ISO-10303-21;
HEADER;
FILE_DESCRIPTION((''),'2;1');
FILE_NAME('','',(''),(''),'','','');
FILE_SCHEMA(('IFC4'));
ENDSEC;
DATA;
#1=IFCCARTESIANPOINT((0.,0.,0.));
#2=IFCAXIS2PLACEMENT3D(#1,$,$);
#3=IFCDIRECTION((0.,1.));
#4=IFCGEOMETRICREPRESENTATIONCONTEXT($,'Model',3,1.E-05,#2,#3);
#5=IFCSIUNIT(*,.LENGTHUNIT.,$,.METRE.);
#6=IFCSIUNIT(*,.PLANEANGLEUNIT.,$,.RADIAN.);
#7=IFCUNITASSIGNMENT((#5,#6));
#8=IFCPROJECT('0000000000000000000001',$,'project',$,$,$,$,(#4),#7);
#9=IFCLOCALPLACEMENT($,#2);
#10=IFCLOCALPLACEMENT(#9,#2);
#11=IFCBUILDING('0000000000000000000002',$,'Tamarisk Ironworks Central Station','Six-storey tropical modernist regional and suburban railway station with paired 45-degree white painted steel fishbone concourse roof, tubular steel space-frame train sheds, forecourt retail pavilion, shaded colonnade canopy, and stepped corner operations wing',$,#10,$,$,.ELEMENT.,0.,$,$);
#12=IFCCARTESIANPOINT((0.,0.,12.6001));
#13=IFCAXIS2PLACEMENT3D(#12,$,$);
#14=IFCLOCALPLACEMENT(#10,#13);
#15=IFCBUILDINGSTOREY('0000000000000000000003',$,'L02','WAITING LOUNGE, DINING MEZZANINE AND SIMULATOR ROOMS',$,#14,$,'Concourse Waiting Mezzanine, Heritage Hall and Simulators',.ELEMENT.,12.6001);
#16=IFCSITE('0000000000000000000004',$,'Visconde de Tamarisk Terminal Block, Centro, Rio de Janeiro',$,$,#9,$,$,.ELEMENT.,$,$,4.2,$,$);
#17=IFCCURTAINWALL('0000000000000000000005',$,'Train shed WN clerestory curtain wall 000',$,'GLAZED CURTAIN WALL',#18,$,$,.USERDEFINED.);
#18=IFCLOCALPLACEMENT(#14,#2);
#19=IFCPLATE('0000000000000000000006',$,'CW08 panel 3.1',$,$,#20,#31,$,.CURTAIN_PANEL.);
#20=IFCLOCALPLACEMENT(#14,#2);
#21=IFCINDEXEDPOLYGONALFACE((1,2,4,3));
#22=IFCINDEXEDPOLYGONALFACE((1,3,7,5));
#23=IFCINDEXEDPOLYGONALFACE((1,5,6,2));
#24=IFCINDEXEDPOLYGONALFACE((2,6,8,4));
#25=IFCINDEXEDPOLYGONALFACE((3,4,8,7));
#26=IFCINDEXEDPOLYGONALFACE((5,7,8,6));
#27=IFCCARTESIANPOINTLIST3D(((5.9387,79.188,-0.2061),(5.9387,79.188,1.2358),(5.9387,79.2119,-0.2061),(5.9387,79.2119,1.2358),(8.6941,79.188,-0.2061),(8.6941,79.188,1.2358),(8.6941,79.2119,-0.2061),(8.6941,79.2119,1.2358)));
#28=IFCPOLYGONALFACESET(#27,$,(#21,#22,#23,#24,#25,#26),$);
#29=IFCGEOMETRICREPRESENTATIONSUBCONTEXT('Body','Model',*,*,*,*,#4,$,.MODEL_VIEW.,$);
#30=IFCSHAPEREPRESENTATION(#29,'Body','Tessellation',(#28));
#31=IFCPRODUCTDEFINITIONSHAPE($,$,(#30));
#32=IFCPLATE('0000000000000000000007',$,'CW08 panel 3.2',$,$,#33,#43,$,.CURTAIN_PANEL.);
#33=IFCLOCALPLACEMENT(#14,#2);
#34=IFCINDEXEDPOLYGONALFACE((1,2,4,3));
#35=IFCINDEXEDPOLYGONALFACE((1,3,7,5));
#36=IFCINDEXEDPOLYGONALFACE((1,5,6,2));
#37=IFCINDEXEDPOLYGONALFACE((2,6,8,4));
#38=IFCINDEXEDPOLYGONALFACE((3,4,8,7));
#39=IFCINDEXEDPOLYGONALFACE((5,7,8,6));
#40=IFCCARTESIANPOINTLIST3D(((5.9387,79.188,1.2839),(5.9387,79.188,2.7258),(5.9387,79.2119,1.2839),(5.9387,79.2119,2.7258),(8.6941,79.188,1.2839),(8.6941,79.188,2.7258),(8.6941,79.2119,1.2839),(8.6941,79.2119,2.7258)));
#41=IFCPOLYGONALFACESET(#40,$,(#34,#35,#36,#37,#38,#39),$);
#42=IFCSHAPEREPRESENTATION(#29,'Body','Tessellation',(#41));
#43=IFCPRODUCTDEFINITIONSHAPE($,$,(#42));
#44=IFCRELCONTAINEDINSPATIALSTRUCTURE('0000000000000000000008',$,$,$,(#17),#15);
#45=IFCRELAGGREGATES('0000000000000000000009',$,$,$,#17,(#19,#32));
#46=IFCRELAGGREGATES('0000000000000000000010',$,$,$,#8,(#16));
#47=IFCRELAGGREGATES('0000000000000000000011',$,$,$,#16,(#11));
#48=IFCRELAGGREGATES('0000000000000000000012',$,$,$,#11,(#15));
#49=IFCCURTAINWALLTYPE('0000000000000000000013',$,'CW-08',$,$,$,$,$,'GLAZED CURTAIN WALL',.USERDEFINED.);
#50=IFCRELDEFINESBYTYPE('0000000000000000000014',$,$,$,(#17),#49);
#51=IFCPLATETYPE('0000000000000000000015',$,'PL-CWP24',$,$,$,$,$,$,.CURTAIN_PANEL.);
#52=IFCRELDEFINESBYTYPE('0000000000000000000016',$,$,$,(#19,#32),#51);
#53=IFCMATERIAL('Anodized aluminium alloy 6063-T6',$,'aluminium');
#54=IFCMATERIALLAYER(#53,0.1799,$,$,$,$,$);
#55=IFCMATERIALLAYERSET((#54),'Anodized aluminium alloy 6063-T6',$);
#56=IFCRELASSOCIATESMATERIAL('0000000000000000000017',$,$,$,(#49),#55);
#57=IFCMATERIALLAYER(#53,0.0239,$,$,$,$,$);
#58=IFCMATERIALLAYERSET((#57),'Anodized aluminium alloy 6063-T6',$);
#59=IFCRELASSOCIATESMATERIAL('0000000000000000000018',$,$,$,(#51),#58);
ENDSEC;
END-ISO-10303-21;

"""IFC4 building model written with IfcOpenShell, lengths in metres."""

from ifc_helpers import new_model, si_unit, direction, frame, origin, origin_2d, place, context, subcontext, project, spatial, rectangle, extrude, material, layer, layer_set, type_object, element, aggregate, save


model = new_model("IFC4")

# Units and contexts
model_context = context("Model", 3, precision=1e-05, world=origin(), true_north=direction((0.0, 1.0)))
body_context = subcontext(model_context, "Body", "Model", "MODEL_VIEW")
ifc_project = project(units=[si_unit("LENGTHUNIT", "METRE"), si_unit("PLANEANGLEUNIT", "RADIAN")], contexts=[model_context])

# Site, building, storey
site_placement = place(None, origin())
site = spatial("IfcSite", under=ifc_project, at=site_placement, Name="Visconde de Tamarisk Terminal Block, Centro, Rio de Janeiro", CompositionType="ELEMENT", RefElevation=4.2)
building_placement = place(site_placement, origin())
building = spatial("IfcBuilding", under=site, at=building_placement, Name="Tamarisk Ironworks Central Station", Description="Six-storey tropical modernist regional and suburban railway station with paired 45-degree white painted steel fishbone concourse roof, tubular steel space-frame train sheds, forecourt retail pavilion, shaded colonnade canopy, and stepped corner operations wing", CompositionType="ELEMENT", ElevationOfRefHeight=0.0)
storey_placement = place(building_placement, frame((0.0, 0.0, 12.6001)))
storey = spatial("IfcBuildingStorey", under=building, at=storey_placement, Name="L02", Description="WAITING LOUNGE, DINING MEZZANINE AND SIMULATOR ROOMS", LongName="Concourse Waiting Mezzanine, Heritage Hall and Simulators", CompositionType="ELEMENT", Elevation=12.6001)

# Curtain wall
ifc_material_1 = material(Name="Anodized aluminium alloy 6063-T6", Category="aluminium")
ifc_layer_1 = layer(ifc_material_1, 0.1799)
ifc_layer_set_1 = layer_set([ifc_layer_1], Name="Anodized aluminium alloy 6063-T6")
curtain_wall_type = type_object("IfcCurtainWallType", Name="CW-08", ElementType="GLAZED CURTAIN WALL", PredefinedType="USERDEFINED", material=ifc_layer_set_1)
curtain_wall_1_placement = place(storey_placement, origin())
curtain_wall_1 = element("IfcCurtainWall", 1, at=curtain_wall_1_placement, inside=storey, type_object=curtain_wall_type, Name="Train shed WN clerestory curtain wall 000", ObjectType="GLAZED CURTAIN WALL", PredefinedType="USERDEFINED")

# Plates
ifc_layer_2 = layer(ifc_material_1, 0.0239)
ifc_layer_set_2 = layer_set([ifc_layer_2], Name="Anodized aluminium alloy 6063-T6")
plate_type = type_object("IfcPlateType", Name="PL-CWP24", PredefinedType="CURTAIN_PANEL", material=ifc_layer_set_2)
plate_1_placement = place(storey_placement, frame((7.3164, 79.2, -0.2061), z_axis=(0.0, 0.0, 1.0), x_axis=(1.0, 0.0, 0.0)))
plate_1 = element("IfcPlate", 2, at=plate_1_placement, type_object=plate_type, Name="CW08 panel 3.1", PredefinedType="CURTAIN_PANEL", context=body_context, shape_type="SweptSolid", body=[
    extrude(rectangle(XDim=2.7554, YDim=0.0239, at=origin_2d()), origin(), (0.0, 0.0, 1.0), 1.4419),
])
plate_2_placement = place(storey_placement, frame((7.3164, 79.2, 1.2839), z_axis=(0.0, 0.0, 1.0), x_axis=(1.0, 0.0, 0.0)))
plate_2 = element("IfcPlate", 3, at=plate_2_placement, type_object=plate_type, Name="CW08 panel 3.2", PredefinedType="CURTAIN_PANEL", context=body_context, shape_type="SweptSolid", body=[
    extrude(rectangle(XDim=2.7554, YDim=0.0239, at=origin_2d()), origin(), (0.0, 0.0, 1.0), 1.4419),
])
aggregate(curtain_wall_1, [plate_1, plate_2])

save(model, "model.ifc")
